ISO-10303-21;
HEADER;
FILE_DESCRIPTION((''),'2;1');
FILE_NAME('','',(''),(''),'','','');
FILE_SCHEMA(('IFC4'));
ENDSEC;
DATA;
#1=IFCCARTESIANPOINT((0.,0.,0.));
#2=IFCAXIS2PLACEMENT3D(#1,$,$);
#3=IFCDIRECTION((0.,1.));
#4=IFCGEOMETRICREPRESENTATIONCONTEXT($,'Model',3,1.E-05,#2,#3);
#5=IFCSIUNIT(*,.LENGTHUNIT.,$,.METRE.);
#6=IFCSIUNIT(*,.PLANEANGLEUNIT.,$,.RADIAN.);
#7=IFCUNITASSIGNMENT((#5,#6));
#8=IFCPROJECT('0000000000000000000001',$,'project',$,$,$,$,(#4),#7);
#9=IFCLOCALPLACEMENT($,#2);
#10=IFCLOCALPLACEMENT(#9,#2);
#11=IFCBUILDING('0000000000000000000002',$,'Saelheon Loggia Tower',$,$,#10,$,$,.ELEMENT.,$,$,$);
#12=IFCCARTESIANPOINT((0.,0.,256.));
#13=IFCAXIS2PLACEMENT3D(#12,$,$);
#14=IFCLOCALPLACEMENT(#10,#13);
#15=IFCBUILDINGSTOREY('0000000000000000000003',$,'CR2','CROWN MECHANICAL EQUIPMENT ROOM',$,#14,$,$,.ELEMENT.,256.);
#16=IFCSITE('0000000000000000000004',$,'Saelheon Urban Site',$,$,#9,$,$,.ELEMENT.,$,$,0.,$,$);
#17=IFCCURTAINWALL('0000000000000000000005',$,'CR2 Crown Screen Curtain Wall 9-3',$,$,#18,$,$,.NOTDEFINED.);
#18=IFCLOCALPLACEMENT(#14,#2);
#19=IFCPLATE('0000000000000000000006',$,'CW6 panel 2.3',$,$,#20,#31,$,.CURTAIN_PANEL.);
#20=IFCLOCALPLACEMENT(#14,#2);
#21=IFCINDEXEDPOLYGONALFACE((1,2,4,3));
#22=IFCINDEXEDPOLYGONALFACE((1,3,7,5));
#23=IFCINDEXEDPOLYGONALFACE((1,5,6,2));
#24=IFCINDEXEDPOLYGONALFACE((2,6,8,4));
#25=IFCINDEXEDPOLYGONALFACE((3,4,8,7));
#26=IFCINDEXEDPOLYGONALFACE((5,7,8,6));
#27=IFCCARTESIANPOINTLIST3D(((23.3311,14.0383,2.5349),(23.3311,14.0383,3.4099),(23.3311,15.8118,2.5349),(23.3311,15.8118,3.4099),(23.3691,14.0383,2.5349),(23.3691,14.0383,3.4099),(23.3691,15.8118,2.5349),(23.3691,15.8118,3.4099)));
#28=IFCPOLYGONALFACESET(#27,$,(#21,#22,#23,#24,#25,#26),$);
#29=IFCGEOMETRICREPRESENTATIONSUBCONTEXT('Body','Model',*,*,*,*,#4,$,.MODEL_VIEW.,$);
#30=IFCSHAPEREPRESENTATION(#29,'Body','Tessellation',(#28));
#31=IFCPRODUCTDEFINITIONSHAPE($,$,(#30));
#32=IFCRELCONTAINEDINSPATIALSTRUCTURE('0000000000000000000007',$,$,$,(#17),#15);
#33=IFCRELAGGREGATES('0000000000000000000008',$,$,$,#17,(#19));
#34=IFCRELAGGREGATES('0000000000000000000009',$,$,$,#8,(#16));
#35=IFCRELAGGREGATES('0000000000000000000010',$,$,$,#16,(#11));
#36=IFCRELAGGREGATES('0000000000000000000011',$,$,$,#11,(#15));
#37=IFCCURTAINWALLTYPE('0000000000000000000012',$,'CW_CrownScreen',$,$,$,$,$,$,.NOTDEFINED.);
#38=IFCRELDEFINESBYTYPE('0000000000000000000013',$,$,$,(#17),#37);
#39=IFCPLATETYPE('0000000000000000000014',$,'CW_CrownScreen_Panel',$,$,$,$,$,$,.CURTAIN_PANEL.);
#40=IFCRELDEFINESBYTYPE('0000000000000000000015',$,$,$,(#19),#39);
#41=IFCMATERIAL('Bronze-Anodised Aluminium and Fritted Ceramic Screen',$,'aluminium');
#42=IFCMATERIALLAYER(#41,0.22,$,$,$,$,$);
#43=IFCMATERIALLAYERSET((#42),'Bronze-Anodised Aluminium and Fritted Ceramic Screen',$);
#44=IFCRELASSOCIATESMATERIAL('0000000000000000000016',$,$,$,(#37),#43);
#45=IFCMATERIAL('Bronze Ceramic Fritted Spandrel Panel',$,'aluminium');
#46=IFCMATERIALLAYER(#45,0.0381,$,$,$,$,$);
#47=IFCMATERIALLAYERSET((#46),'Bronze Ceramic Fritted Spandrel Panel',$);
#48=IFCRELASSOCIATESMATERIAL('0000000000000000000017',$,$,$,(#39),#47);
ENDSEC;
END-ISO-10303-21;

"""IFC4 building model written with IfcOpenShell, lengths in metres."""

from ifc_helpers import new_model, si_unit, direction, frame, origin, origin_2d, place, context, subcontext, project, spatial, rectangle, extrude, source, transform, mapped, material, layer, layer_set, type_object, element, aggregate, save


model = new_model("IFC4")

# Units and contexts
model_context = context("Model", 3, precision=1e-05, world=origin(), true_north=direction((0.0, 1.0)))
body_context = subcontext(model_context, "Body", "Model", "MODEL_VIEW")
ifc_project = project(units=[si_unit("LENGTHUNIT", "METRE"), si_unit("PLANEANGLEUNIT", "RADIAN")], contexts=[model_context])

# Site, building, storey
site_placement = place(None, origin())
site = spatial("IfcSite", under=ifc_project, at=site_placement, Name="Saelheon Urban Site", CompositionType="ELEMENT", RefElevation=0.0)
building_placement = place(site_placement, origin())
building = spatial("IfcBuilding", under=site, at=building_placement, Name="Saelheon Loggia Tower", CompositionType="ELEMENT")
storey_placement = place(building_placement, frame((0.0, 0.0, 256.0)))
storey = spatial("IfcBuildingStorey", under=building, at=storey_placement, Name="CR2", Description="CROWN MECHANICAL EQUIPMENT ROOM", CompositionType="ELEMENT", Elevation=256.0)

# Curtain wall
ifc_material_1 = material(Name="Bronze-Anodised Aluminium and Fritted Ceramic Screen", Category="aluminium")
ifc_layer_1 = layer(ifc_material_1, 0.22)
ifc_layer_set_1 = layer_set([ifc_layer_1], Name="Bronze-Anodised Aluminium and Fritted Ceramic Screen")
curtain_wall_type = type_object("IfcCurtainWallType", Name="CW_CrownScreen", PredefinedType="NOTDEFINED", material=ifc_layer_set_1)
curtain_wall_placement = place(storey_placement, origin())
curtain_wall = element("IfcCurtainWall", 1, at=curtain_wall_placement, inside=storey, type_object=curtain_wall_type, Name="CR2 Crown Screen Curtain Wall 9-3", PredefinedType="NOTDEFINED")

# Plate
ifc_material_2 = material(Name="Bronze Ceramic Fritted Spandrel Panel", Category="aluminium")
ifc_layer_2 = layer(ifc_material_2, 0.0381)
ifc_layer_set_2 = layer_set([ifc_layer_2], Name="Bronze Ceramic Fritted Spandrel Panel")
plate_type = type_object("IfcPlateType", Name="CW_CrownScreen_Panel", PredefinedType="CURTAIN_PANEL", material=ifc_layer_set_2)
shared_shape_1 = source(origin(), body_context, "Body", "SweptSolid", [
    extrude(rectangle(XDim=1.7734, YDim=0.0381, at=origin_2d()), origin(), (0.0, 0.0, 1.0), 0.875),
])
plate_1_placement = place(storey_placement, frame((23.3501, 14.925, 2.5349), z_axis=(0.0, 0.0, 1.0), x_axis=(0.0, -1.0, 0.0)))
plate_1 = element("IfcPlate", 2, at=plate_1_placement, type_object=plate_type, Name="CW6 panel 2.3", PredefinedType="CURTAIN_PANEL", context=body_context, shape_type="MappedRepresentation", body=[
    mapped(shared_shape_1, transform((0.0, 0.0, 0.0), scale=1.0)),
])
aggregate(curtain_wall, [plate_1])

save(model, "model.ifc")
